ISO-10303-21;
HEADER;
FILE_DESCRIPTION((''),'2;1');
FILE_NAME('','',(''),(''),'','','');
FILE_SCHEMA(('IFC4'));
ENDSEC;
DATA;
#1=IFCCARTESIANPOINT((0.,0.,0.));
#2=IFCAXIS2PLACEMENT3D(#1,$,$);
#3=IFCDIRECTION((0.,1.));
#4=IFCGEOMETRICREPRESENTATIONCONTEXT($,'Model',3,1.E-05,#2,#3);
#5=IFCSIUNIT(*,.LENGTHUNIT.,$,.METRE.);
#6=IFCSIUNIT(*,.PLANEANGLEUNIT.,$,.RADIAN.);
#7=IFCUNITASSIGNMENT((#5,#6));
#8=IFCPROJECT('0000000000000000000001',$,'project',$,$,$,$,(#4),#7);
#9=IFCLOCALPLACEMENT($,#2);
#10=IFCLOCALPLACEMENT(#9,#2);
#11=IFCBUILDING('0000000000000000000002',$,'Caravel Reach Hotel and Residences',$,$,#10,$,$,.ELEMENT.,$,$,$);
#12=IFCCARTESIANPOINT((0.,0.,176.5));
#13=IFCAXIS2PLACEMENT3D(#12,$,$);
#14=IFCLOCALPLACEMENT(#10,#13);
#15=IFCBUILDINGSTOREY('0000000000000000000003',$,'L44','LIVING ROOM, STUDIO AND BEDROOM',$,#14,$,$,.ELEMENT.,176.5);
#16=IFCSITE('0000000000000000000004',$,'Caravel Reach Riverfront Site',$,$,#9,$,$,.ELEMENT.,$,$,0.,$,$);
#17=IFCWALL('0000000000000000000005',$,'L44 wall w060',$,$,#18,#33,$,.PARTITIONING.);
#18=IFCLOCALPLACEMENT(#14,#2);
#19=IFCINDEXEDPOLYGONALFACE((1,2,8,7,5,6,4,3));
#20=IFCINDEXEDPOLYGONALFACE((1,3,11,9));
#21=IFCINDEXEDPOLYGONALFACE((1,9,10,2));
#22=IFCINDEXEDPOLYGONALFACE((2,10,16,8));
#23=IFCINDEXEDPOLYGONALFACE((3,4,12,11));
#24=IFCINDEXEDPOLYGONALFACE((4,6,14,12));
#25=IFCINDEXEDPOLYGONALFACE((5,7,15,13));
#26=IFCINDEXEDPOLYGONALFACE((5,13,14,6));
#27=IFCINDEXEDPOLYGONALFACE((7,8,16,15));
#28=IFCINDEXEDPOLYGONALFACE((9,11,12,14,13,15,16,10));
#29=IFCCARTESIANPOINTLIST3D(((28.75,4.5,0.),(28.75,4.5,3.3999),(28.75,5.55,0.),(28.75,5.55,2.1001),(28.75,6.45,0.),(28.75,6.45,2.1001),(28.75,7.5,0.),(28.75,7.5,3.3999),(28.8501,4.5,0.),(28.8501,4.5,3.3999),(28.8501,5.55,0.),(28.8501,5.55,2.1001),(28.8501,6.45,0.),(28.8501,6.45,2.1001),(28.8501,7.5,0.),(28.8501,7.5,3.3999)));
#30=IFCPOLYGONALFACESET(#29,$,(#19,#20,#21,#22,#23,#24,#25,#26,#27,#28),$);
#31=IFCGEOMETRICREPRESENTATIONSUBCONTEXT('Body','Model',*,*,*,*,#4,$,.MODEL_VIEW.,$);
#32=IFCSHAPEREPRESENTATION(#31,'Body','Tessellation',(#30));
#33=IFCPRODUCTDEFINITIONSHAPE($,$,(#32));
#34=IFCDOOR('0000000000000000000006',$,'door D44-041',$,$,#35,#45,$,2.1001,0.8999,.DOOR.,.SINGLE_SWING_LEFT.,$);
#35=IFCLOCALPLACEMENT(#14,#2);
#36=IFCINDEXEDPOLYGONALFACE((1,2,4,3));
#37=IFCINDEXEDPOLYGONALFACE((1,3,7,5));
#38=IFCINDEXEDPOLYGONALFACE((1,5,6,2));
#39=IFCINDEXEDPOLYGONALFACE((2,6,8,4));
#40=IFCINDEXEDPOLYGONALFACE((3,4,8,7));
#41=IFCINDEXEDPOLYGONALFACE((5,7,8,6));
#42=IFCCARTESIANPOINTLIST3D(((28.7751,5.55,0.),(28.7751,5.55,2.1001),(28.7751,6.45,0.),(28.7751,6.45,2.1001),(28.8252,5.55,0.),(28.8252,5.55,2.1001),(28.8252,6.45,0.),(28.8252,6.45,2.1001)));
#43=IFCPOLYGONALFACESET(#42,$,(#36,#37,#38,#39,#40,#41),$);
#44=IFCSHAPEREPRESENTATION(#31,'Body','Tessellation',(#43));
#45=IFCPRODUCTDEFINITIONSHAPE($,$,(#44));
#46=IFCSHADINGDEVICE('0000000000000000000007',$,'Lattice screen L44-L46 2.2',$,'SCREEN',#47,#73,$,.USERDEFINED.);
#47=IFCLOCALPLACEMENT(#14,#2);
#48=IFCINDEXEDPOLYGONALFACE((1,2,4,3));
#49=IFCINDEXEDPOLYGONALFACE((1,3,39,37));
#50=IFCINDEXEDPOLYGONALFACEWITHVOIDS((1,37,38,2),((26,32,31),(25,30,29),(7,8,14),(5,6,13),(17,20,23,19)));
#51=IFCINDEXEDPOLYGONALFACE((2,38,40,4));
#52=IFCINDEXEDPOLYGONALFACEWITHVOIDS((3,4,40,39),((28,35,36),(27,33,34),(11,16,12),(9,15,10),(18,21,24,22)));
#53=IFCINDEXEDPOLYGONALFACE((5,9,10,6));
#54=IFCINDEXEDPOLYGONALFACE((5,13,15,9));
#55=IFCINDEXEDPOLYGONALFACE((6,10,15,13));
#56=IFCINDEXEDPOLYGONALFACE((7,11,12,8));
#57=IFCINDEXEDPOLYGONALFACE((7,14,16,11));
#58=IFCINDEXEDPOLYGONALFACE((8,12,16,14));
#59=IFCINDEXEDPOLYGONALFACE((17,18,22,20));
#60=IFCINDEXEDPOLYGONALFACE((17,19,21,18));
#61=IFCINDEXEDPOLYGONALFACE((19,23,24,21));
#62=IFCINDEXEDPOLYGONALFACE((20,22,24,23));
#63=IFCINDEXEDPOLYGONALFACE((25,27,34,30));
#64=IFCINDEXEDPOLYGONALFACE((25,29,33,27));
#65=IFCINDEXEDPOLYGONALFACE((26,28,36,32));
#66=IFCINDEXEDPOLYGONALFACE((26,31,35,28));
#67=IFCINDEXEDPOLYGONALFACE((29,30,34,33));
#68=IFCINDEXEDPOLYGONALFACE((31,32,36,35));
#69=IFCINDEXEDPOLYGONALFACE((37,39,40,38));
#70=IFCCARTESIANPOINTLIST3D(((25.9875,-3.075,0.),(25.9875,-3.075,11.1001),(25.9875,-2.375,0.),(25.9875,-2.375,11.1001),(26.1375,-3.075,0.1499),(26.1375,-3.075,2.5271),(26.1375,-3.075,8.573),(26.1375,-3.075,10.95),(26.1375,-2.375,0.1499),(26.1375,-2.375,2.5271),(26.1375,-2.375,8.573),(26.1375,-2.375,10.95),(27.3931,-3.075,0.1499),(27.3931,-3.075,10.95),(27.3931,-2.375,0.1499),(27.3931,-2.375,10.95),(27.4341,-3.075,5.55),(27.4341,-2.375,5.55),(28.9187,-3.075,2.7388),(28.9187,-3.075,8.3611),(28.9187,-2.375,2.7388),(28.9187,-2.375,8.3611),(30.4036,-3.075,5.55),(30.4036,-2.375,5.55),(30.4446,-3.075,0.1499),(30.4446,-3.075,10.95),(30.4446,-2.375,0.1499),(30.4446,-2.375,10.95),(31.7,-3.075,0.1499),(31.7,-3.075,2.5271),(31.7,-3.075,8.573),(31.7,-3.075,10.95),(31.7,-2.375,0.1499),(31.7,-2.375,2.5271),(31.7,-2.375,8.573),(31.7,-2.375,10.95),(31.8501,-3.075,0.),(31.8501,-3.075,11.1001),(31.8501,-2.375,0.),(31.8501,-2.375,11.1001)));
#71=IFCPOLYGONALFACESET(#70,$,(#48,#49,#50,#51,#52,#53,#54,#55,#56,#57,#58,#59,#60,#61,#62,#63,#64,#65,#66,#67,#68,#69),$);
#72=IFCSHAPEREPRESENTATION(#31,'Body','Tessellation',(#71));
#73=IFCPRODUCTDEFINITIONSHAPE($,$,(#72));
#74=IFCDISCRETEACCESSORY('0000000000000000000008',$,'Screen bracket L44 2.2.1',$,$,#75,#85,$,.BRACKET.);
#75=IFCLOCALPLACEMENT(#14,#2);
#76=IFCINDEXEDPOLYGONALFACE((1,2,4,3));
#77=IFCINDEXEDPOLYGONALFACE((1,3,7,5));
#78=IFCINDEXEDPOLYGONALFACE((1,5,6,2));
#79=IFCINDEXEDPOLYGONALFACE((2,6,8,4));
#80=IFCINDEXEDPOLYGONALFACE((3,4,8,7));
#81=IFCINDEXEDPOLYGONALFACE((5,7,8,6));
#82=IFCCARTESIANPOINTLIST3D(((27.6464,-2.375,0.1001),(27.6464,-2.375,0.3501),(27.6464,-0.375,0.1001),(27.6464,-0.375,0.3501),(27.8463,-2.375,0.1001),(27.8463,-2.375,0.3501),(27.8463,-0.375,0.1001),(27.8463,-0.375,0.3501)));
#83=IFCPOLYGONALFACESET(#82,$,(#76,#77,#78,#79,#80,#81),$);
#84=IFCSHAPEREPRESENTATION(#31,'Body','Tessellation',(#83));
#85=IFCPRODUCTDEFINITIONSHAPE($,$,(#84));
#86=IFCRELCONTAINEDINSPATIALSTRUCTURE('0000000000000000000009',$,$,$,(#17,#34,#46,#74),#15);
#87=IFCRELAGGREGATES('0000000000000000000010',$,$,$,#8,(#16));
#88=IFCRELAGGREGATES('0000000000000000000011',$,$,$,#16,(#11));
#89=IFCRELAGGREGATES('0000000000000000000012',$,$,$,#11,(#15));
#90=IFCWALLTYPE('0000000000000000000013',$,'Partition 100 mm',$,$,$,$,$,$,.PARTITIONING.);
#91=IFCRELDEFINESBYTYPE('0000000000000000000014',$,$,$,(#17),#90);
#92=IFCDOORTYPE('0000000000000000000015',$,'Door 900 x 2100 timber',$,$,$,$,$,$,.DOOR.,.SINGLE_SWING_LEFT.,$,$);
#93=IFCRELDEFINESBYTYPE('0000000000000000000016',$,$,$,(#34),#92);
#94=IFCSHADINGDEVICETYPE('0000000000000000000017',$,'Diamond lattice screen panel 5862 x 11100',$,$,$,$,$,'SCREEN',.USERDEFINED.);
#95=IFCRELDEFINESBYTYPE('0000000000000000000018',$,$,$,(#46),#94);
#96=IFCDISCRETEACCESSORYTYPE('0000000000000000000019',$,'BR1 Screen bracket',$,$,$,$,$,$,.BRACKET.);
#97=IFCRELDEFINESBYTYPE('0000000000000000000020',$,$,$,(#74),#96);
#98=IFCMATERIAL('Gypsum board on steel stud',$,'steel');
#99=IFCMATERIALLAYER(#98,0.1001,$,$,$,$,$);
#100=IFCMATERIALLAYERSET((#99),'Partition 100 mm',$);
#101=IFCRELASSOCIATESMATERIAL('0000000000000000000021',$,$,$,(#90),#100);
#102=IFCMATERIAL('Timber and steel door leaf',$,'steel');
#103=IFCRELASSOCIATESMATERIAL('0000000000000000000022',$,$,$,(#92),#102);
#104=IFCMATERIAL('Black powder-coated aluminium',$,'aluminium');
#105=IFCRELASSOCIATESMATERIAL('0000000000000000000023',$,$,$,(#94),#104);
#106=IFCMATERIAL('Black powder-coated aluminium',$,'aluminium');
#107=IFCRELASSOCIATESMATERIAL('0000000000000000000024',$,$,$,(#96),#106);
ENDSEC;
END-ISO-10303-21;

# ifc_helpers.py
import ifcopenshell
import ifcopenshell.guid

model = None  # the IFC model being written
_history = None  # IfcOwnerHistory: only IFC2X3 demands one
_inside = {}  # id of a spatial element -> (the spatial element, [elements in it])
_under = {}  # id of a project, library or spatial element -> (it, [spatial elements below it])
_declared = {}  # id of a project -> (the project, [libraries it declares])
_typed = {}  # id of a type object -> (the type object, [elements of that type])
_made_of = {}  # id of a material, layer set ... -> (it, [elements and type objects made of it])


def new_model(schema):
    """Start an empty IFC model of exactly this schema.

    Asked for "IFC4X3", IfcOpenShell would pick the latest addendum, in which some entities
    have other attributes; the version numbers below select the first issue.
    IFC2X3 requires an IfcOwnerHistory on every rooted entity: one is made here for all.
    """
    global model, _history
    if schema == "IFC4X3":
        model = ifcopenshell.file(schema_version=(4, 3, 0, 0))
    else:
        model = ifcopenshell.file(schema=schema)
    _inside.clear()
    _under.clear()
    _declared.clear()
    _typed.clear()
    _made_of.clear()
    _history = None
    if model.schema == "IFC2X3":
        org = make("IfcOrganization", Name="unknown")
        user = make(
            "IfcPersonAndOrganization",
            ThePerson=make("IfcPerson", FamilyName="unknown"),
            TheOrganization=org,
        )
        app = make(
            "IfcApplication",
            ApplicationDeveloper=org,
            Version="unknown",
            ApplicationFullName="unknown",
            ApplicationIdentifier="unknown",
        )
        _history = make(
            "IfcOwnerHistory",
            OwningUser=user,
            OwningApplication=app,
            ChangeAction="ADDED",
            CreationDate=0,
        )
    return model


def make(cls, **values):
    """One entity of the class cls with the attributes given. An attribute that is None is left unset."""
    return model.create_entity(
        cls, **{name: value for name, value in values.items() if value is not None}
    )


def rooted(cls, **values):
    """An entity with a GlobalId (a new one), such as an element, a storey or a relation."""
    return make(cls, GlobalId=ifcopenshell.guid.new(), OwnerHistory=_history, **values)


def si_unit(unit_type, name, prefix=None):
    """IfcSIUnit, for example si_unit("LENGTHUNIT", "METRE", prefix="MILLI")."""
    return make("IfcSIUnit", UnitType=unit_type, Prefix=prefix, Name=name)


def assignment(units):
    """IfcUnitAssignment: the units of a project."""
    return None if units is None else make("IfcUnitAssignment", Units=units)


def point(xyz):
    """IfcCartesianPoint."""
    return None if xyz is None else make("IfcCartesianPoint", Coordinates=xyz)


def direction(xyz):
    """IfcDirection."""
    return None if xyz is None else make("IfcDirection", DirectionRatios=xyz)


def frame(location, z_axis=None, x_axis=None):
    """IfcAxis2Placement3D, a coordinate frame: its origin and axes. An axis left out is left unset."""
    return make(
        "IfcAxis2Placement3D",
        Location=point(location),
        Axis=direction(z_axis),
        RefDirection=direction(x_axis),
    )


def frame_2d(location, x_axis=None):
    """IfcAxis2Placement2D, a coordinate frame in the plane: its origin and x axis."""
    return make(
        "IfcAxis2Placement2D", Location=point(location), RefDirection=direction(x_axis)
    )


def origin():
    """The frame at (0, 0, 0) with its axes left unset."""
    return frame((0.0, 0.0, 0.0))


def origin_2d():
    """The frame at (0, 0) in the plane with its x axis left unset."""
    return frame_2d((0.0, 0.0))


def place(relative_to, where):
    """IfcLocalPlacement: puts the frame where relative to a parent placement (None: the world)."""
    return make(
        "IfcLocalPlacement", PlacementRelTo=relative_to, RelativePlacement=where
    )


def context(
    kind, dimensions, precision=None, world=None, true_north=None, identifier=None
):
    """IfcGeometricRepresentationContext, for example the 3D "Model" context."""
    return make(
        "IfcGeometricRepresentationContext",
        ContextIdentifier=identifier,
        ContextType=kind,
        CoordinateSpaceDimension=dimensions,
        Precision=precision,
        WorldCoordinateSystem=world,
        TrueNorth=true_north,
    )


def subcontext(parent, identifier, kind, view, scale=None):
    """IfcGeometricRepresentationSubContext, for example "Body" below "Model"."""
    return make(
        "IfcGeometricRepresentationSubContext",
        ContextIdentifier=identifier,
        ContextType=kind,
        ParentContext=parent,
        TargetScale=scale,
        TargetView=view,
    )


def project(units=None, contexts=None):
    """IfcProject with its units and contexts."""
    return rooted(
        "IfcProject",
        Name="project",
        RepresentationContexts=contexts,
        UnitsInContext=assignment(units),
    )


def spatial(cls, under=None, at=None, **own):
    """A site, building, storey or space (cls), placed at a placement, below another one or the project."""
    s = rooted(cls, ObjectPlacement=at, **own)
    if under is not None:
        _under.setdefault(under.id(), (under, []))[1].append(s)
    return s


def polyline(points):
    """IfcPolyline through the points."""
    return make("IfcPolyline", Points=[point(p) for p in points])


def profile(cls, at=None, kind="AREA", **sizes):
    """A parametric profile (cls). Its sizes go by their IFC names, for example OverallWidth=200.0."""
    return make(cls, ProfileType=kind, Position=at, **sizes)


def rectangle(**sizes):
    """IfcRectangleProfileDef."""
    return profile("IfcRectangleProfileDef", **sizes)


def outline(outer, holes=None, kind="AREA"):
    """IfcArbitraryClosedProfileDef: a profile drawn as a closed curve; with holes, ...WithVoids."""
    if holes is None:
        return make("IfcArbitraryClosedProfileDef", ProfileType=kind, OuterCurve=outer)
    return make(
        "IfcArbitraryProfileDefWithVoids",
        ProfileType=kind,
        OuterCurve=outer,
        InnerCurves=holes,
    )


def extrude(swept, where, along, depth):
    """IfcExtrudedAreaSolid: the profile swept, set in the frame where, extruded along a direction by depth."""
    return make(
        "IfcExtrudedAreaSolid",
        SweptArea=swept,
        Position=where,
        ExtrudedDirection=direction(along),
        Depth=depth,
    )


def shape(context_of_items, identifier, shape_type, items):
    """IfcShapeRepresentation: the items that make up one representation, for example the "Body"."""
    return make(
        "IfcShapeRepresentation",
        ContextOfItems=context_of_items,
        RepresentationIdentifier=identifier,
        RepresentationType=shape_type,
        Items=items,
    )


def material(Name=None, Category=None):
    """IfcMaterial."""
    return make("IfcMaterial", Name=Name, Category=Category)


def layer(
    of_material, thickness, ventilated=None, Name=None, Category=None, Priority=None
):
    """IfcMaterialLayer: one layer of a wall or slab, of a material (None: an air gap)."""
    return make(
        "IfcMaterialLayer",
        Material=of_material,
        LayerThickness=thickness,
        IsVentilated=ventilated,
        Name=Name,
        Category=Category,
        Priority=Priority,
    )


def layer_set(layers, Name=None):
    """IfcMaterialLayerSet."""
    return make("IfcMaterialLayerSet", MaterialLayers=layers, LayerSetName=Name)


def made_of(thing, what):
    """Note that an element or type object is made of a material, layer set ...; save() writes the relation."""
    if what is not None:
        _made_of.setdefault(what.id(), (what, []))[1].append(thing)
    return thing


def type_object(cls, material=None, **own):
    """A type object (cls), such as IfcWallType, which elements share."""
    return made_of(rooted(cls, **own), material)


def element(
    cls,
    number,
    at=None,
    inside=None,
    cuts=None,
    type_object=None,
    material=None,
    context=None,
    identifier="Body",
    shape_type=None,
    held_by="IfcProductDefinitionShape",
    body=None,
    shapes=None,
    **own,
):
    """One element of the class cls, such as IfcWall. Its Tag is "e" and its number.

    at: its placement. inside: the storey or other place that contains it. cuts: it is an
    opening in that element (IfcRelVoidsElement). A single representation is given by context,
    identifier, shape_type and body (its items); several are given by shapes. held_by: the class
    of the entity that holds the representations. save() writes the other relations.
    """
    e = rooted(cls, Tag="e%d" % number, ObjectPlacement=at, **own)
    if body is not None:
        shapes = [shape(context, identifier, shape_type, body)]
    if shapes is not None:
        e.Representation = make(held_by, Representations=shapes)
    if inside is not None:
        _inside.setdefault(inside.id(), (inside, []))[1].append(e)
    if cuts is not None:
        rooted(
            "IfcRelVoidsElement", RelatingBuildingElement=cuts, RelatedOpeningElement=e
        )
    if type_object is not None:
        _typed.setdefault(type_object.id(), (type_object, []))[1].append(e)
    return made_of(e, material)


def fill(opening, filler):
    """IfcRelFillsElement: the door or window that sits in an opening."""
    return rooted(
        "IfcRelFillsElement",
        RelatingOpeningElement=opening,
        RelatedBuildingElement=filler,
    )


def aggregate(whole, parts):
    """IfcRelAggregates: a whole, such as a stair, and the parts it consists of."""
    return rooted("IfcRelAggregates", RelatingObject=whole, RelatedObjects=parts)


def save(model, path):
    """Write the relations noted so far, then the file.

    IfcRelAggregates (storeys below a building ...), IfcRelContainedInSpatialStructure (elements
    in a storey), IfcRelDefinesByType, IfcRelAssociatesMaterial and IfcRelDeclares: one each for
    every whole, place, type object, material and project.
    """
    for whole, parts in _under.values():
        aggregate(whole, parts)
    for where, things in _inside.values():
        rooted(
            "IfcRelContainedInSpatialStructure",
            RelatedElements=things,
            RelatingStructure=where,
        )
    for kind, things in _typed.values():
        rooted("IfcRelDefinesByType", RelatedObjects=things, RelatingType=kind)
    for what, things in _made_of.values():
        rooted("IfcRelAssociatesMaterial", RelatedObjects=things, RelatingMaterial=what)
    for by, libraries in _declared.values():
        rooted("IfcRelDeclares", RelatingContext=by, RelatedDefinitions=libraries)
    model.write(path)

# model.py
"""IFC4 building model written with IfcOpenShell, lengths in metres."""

from ifc_helpers import new_model, si_unit, direction, frame, frame_2d, origin, origin_2d, place, context, subcontext, project, spatial, polyline, rectangle, outline, extrude, material, layer, layer_set, type_object, element, fill, save


model = new_model("IFC4")

# Units and contexts
model_context = context("Model", 3, precision=1e-05, world=origin(), true_north=direction((0.0, 1.0)))
body_context = subcontext(model_context, "Body", "Model", "MODEL_VIEW")
ifc_project = project(units=[si_unit("LENGTHUNIT", "METRE"), si_unit("PLANEANGLEUNIT", "RADIAN")], contexts=[model_context])

# Site, building, storey
site_placement = place(None, origin())
site = spatial("IfcSite", under=ifc_project, at=site_placement, Name="Caravel Reach Riverfront Site", CompositionType="ELEMENT", RefElevation=0.0)
building_placement = place(site_placement, origin())
building = spatial("IfcBuilding", under=site, at=building_placement, Name="Caravel Reach Hotel and Residences", CompositionType="ELEMENT")
storey_placement = place(building_placement, frame((0.0, 0.0, 176.5)))
storey = spatial("IfcBuildingStorey", under=building, at=storey_placement, Name="L44", Description="LIVING ROOM, STUDIO AND BEDROOM", CompositionType="ELEMENT", Elevation=176.5)

# Wall, opening, door
ifc_material_1 = material(Name="Gypsum board on steel stud", Category="steel")
ifc_layer_1 = layer(ifc_material_1, 0.1001)
ifc_layer_set_1 = layer_set([ifc_layer_1], Name="Partition 100 mm")
wall_type_1 = type_object("IfcWallType", Name="Partition 100 mm", PredefinedType="PARTITIONING", material=ifc_layer_set_1)
wall_1_placement = place(storey_placement, frame((28.8, 4.5, 0.0), z_axis=(0.0, 0.0, 1.0), x_axis=(0.0, 1.0, 0.0)))
wall_1 = element("IfcWall", 1, at=wall_1_placement, inside=storey, type_object=wall_type_1, Name="L44 wall w060", PredefinedType="PARTITIONING", context=body_context, shape_type="SweptSolid", body=[
    extrude(rectangle(XDim=3.0, YDim=0.1001, at=frame_2d((1.5, 0.0))), origin(), (0.0, 0.0, 1.0), 3.3999),
])
opening_1_placement = place(wall_1_placement, frame((1.05, 0.0, 0.0)))
opening_1 = element("IfcOpeningElement", 2, at=opening_1_placement, cuts=wall_1, PredefinedType="OPENING", context=body_context, shape_type="SweptSolid", body=[
    extrude(rectangle(XDim=0.8999, YDim=2.1001, at=frame_2d((0.45, 1.05))), frame((0.0, 0.0601, 0.0), z_axis=(0.0, -1.0, 0.0), x_axis=(1.0, 0.0, 0.0)), (0.0, 0.0, 1.0), 0.1201),
])
ifc_material_2 = material(Name="Timber and steel door leaf", Category="steel")
door_type_1 = type_object("IfcDoorType", Name="Door 900 x 2100 timber", OperationType="SINGLE_SWING_LEFT", PredefinedType="DOOR", material=ifc_material_2)
door_1_placement = place(opening_1_placement, origin())
door_1 = element("IfcDoor", 3, at=door_1_placement, inside=storey, type_object=door_type_1, Name="door D44-041", OperationType="SINGLE_SWING_LEFT", OverallHeight=2.1001, OverallWidth=0.8999, PredefinedType="DOOR", context=body_context, shape_type="SweptSolid", body=[
    extrude(rectangle(XDim=0.8999, YDim=2.1001, at=frame_2d((0.45, 1.05))), frame((0.0, 0.0249, 0.0), z_axis=(0.0, -1.0, 0.0), x_axis=(1.0, 0.0, 0.0)), (0.0, 0.0, 1.0), 0.05),
])
fill(opening_1, door_1)

# Shading device
ifc_material_3 = material(Name="Black powder-coated aluminium", Category="aluminium")
shading_device_type = type_object("IfcShadingDeviceType", Name="Diamond lattice screen panel 5862 x 11100", ElementType="SCREEN", PredefinedType="USERDEFINED", material=ifc_material_3)
shading_device_placement = place(storey_placement, frame((25.9875, -2.375, 0.0), z_axis=(0.0, -1.0, 0.0), x_axis=(1.0, 0.0, 0.0)))
element("IfcShadingDevice", 4, at=shading_device_placement, inside=storey, type_object=shading_device_type, Name="Lattice screen L44-L46 2.2", ObjectType="SCREEN", PredefinedType="USERDEFINED", context=body_context, shape_type="SweptSolid", body=[
    extrude(outline(polyline([(0.0, 0.0), (5.8625, 0.0), (5.8625, 11.1001), (0.0, 11.1001), (0.0, 0.0)]), holes=[polyline([(1.4055, 0.1499), (0.1499, 2.5271), (0.1499, 0.1499), (1.4055, 0.1499)]), polyline([(0.1499, 8.573), (1.4055, 10.95), (0.1499, 10.95), (0.1499, 8.573)]), polyline([(2.9312, 8.3611), (1.4465, 5.55), (2.9312, 2.7388), (4.416, 5.55), (2.9312, 8.3611)]), polyline([(5.7124, 2.5271), (4.457, 0.1499), (5.7124, 0.1499), (5.7124, 2.5271)]), polyline([(4.457, 10.95), (5.7124, 8.573), (5.7124, 10.95), (4.457, 10.95)])]), origin(), (0.0, 0.0, 1.0), 0.7),
])

# Discrete accessory
ifc_material_4 = material(Name="Black powder-coated aluminium", Category="aluminium")
discrete_accessory_type = type_object("IfcDiscreteAccessoryType", Name="BR1 Screen bracket", PredefinedType="BRACKET", material=ifc_material_4)
discrete_accessory_placement = place(storey_placement, frame((27.7463, -1.375, 0.1001), z_axis=(0.0, 0.0, 1.0), x_axis=(0.0, -1.0, 0.0)))
element("IfcDiscreteAccessory", 5, at=discrete_accessory_placement, inside=storey, type_object=discrete_accessory_type, Name="Screen bracket L44 2.2.1", PredefinedType="BRACKET", context=body_context, shape_type="SweptSolid", body=[
    extrude(rectangle(XDim=2.0, YDim=0.2, at=origin_2d()), origin(), (0.0, 0.0, 1.0), 0.25),
])

save(model, "model.ifc")
